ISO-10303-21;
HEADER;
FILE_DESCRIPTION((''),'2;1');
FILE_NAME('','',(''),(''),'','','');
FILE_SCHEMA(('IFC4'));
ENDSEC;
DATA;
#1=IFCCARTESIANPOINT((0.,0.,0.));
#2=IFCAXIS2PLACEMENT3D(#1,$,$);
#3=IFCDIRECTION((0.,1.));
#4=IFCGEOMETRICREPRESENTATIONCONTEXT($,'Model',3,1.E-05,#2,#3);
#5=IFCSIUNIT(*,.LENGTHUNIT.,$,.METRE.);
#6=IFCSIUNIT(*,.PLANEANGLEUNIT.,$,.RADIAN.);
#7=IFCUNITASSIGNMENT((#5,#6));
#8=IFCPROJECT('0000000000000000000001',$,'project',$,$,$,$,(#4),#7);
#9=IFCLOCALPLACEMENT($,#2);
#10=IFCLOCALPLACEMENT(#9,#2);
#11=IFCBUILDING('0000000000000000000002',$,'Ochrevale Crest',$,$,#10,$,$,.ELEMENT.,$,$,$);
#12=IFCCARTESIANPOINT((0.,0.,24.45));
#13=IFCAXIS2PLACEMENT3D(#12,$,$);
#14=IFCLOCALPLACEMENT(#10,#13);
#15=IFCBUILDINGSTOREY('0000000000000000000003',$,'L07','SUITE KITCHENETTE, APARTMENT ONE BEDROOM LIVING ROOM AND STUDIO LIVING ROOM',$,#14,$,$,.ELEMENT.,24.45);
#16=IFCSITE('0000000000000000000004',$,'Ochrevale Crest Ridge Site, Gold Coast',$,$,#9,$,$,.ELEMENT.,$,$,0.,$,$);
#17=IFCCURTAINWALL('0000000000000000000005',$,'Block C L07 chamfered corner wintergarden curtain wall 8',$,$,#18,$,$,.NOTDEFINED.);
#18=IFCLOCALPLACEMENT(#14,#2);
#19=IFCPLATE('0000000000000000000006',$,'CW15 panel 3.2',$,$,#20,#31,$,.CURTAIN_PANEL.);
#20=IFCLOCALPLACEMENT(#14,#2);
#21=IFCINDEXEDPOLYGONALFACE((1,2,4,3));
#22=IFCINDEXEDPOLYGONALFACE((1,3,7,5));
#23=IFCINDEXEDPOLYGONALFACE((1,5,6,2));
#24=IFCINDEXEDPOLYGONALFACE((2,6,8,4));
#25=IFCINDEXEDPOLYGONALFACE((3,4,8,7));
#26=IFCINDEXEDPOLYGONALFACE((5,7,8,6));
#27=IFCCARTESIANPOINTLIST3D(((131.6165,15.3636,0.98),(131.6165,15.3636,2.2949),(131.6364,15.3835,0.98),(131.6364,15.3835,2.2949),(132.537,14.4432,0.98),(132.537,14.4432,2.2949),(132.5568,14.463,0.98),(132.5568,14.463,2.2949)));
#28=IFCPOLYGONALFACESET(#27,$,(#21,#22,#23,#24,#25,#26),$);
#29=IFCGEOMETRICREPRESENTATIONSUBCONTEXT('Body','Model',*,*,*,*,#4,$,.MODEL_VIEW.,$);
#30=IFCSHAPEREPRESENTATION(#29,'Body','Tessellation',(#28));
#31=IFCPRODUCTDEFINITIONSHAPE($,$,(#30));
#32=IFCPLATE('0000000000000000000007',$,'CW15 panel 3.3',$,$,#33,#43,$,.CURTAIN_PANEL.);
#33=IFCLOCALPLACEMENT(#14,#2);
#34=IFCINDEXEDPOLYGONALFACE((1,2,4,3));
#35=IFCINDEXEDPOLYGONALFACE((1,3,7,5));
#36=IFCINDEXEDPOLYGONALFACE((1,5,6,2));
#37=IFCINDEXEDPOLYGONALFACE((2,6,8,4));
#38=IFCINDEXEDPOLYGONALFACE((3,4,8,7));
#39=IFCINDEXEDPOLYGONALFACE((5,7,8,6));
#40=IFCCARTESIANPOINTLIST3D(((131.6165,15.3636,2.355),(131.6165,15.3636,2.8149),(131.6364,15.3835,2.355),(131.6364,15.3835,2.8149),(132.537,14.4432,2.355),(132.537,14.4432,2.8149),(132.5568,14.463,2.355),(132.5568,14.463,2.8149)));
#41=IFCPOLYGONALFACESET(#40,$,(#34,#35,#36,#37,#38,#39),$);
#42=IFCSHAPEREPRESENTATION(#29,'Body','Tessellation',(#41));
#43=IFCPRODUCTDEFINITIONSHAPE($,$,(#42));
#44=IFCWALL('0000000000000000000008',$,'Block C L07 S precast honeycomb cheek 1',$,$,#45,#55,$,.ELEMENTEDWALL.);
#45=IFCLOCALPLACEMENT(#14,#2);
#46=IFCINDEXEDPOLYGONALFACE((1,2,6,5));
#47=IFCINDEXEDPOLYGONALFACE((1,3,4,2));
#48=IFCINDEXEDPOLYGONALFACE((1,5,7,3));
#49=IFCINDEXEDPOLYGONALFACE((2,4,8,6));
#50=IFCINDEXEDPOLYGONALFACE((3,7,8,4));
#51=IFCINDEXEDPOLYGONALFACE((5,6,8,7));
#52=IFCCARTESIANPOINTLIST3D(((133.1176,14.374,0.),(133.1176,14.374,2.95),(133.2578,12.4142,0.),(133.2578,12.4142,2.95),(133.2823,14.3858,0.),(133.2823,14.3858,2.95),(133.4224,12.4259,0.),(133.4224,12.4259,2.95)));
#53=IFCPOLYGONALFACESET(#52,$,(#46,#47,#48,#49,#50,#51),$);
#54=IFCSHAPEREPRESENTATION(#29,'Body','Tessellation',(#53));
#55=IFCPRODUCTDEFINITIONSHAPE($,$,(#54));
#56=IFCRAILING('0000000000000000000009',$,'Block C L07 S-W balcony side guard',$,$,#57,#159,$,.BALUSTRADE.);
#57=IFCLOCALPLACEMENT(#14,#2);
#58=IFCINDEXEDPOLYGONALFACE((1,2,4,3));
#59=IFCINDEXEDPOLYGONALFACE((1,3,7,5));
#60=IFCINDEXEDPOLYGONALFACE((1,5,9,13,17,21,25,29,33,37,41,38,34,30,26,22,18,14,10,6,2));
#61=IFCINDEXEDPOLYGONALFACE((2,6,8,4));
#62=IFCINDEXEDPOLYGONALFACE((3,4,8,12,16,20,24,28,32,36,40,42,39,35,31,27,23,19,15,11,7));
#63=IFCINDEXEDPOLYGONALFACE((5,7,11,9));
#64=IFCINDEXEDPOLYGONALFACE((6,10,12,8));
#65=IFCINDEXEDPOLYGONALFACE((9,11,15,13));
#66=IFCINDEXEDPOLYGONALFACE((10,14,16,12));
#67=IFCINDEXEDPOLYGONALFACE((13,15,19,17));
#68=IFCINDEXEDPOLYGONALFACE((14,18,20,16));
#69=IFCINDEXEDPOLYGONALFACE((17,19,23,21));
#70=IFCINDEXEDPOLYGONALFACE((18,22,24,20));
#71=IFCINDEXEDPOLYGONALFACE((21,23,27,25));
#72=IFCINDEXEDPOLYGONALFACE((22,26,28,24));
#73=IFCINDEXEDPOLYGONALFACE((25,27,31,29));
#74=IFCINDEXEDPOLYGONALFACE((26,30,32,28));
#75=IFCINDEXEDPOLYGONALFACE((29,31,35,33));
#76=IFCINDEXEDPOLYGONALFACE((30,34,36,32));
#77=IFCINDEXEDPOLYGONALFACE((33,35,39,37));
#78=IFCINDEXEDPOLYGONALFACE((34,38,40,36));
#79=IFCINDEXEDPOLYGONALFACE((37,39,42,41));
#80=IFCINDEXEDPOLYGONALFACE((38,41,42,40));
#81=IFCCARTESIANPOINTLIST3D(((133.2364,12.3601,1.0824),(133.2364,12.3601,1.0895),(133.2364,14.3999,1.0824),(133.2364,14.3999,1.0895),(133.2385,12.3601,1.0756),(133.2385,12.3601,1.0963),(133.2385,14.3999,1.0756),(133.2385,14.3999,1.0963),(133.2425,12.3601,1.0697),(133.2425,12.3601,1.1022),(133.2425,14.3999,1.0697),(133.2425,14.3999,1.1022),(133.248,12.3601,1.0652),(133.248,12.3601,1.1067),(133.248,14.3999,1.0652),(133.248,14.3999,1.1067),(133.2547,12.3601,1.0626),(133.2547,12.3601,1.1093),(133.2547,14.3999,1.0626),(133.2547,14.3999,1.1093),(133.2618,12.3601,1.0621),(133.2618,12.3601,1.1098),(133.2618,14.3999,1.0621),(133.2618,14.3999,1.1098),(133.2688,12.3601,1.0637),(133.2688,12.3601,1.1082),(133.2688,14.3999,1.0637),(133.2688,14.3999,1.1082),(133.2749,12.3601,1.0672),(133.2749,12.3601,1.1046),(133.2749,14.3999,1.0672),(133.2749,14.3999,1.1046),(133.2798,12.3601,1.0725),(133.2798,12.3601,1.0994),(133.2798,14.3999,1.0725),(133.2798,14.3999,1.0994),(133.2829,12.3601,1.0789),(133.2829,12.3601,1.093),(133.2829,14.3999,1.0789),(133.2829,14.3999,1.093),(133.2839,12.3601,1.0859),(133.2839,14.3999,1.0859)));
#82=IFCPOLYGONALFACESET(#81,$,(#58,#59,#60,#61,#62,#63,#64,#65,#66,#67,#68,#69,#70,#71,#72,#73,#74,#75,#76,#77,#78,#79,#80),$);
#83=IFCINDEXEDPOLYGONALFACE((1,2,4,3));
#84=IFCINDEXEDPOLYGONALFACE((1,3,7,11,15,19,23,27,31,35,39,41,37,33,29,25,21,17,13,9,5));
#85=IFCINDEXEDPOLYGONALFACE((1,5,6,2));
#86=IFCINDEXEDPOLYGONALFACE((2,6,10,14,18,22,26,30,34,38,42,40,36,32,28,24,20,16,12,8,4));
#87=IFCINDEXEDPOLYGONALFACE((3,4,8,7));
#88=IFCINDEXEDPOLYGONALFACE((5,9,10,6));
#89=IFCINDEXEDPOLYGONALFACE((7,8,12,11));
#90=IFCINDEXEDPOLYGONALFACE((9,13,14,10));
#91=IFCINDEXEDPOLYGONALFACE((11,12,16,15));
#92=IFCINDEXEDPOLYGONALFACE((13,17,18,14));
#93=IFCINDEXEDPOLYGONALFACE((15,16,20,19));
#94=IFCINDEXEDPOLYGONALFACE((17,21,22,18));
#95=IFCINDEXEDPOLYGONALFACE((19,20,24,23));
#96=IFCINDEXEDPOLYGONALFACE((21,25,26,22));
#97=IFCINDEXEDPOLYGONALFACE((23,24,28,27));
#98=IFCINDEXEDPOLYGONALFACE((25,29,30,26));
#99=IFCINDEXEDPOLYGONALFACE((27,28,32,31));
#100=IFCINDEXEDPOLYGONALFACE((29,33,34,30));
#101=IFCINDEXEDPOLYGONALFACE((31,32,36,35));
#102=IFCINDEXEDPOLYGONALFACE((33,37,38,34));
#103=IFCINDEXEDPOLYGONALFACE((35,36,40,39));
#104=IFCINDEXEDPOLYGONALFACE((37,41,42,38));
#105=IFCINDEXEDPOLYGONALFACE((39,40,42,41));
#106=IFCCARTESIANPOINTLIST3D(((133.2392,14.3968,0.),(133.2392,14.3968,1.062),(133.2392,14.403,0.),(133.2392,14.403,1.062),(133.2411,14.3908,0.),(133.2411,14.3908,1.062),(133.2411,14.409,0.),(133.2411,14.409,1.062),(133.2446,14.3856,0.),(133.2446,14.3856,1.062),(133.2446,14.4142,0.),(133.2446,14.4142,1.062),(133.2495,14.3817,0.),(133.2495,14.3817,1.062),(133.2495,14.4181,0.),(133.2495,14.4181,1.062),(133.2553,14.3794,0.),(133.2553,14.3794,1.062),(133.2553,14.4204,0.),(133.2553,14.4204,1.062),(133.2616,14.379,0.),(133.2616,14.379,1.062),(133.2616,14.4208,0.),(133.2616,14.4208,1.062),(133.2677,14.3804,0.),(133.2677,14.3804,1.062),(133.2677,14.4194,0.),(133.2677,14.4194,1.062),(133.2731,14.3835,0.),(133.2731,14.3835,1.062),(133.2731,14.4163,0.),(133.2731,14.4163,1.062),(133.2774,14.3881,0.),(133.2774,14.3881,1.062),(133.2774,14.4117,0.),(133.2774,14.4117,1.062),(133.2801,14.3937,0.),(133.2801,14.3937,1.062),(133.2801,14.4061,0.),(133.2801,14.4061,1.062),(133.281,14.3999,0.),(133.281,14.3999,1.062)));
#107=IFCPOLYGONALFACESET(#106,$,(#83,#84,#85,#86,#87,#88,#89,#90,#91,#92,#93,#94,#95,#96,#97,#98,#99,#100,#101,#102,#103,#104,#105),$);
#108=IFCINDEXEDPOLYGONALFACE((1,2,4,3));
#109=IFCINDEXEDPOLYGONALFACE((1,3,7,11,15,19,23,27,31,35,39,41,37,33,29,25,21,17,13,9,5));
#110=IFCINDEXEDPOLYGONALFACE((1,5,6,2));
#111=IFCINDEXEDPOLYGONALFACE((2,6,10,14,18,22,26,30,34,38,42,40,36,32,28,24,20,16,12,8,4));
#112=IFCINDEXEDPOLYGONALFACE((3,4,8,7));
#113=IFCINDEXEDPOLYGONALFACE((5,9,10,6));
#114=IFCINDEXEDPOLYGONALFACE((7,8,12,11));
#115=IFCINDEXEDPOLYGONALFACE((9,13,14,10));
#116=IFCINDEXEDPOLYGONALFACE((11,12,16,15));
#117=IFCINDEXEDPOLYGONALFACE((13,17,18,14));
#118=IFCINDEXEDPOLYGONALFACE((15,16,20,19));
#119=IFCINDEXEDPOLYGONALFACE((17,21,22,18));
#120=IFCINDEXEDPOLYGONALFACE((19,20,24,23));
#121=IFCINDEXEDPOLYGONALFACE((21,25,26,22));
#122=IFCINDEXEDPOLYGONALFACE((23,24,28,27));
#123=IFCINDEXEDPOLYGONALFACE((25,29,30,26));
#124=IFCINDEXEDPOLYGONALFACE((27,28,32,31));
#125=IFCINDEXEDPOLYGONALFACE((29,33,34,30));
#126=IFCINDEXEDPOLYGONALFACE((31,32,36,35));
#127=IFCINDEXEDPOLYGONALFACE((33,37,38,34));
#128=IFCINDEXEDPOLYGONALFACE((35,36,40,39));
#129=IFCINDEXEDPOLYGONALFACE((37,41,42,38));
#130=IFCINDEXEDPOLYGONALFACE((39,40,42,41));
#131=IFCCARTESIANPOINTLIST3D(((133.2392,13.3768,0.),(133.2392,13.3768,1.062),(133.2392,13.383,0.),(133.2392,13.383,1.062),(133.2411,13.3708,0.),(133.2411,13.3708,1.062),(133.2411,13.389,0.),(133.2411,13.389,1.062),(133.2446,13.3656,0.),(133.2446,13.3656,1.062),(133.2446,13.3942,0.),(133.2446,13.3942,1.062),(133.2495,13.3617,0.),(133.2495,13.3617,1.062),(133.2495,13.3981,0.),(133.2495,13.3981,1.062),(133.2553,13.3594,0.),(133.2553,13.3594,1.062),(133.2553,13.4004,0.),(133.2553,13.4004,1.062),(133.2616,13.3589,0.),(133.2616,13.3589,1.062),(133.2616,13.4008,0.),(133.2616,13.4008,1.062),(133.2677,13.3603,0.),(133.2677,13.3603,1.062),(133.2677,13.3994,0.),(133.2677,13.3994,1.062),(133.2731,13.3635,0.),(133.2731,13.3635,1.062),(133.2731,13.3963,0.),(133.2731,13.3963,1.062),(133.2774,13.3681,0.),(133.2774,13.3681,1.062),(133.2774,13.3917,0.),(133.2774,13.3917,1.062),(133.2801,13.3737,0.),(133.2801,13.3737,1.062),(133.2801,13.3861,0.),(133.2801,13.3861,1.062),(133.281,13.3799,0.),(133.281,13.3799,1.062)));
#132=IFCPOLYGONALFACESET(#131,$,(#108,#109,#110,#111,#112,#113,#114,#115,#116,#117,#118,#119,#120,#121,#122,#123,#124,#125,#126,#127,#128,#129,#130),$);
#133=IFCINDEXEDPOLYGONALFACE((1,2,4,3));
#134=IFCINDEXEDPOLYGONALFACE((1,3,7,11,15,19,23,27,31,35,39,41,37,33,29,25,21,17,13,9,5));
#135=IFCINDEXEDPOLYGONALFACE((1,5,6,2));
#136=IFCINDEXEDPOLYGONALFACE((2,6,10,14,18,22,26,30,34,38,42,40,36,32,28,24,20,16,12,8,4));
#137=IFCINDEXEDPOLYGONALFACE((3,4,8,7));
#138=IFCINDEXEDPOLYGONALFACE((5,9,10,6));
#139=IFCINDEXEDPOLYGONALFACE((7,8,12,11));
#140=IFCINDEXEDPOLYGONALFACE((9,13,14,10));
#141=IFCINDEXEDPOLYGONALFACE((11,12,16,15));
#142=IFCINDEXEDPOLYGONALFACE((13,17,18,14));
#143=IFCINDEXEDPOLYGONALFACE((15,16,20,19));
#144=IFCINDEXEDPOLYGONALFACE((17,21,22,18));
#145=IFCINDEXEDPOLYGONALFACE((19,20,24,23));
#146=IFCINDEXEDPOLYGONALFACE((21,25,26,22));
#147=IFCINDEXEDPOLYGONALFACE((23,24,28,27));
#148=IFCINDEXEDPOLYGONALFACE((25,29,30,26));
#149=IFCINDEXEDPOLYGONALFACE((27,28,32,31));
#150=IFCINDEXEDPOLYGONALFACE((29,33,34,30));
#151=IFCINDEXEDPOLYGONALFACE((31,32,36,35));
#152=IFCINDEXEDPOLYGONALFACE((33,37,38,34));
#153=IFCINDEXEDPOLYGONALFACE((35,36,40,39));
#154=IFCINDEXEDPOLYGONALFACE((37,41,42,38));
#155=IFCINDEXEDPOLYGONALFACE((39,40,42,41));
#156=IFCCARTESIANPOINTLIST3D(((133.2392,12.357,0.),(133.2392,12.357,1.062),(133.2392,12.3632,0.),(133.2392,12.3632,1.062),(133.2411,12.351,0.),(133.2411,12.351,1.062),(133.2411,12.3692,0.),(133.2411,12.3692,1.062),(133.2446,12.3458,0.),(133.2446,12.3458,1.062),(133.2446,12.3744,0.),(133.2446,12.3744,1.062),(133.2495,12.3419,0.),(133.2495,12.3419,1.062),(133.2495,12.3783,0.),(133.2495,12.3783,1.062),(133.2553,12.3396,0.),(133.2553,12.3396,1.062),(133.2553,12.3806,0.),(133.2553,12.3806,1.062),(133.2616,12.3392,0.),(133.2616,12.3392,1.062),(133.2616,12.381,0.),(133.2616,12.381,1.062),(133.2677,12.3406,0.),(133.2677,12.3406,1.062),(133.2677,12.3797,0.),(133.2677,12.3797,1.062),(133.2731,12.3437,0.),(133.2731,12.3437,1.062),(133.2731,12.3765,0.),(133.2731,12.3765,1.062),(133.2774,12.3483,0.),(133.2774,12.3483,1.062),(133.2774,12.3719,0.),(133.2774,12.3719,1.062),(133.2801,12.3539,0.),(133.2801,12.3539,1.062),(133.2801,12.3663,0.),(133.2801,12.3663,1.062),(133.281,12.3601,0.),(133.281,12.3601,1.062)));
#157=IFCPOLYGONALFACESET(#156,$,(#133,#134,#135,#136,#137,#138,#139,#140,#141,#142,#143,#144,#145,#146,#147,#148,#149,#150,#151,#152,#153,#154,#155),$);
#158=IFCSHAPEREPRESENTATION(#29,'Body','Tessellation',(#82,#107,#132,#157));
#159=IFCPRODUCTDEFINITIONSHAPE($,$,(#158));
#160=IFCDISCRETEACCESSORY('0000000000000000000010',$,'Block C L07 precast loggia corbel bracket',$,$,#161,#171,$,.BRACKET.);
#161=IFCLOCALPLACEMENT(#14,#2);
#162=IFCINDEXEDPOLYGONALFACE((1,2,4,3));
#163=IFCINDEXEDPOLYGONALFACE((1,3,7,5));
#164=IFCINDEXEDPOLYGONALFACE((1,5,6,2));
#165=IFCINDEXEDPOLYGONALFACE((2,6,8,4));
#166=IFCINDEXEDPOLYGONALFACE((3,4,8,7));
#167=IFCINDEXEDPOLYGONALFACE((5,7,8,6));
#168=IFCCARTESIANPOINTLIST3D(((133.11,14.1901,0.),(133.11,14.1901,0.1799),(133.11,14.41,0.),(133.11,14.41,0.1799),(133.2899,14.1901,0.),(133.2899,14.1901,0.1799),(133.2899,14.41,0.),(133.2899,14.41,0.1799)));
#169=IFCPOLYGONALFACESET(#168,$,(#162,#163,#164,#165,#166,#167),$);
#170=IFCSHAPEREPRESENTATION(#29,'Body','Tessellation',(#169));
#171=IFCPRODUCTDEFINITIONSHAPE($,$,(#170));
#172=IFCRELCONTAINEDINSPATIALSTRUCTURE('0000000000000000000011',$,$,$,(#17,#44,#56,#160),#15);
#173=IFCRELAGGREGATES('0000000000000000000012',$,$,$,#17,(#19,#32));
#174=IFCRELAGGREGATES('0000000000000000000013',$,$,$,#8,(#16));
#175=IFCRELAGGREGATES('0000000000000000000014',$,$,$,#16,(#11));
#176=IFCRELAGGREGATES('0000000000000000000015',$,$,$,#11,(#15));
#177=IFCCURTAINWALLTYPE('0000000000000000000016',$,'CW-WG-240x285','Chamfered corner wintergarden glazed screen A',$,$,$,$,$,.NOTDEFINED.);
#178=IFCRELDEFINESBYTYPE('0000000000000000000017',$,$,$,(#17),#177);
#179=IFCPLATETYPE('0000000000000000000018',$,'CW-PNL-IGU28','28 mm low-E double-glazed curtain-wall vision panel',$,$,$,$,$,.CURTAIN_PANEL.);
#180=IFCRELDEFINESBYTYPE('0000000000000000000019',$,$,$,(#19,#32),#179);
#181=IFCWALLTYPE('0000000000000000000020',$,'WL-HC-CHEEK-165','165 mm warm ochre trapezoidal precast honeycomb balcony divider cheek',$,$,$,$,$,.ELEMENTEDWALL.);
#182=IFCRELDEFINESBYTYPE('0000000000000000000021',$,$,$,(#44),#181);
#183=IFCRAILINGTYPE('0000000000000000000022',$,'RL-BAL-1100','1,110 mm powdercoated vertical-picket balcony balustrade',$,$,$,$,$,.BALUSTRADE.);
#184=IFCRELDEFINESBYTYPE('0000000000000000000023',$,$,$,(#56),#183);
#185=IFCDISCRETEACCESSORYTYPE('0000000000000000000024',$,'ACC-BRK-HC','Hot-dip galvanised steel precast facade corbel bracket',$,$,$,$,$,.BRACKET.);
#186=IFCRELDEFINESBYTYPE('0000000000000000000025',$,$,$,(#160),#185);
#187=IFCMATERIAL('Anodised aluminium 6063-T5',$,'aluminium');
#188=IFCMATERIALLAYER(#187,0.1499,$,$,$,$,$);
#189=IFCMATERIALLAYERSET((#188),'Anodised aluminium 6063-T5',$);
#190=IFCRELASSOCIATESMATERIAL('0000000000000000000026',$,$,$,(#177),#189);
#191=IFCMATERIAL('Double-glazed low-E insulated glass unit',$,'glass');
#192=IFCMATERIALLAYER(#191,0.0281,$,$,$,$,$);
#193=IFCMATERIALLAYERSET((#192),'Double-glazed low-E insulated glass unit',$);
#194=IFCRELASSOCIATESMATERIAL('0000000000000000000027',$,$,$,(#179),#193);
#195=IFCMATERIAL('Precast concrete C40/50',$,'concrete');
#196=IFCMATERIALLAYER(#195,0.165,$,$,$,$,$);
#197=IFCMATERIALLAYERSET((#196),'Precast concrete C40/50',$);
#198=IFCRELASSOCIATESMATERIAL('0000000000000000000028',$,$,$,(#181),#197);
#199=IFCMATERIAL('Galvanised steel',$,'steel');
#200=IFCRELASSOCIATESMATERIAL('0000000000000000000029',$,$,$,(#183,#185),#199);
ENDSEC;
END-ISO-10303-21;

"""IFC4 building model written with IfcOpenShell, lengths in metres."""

from ifc_helpers import new_model, si_unit, direction, frame, frame_2d, origin, origin_2d, place, context, subcontext, project, spatial, rectangle, circle, extrude, material, layer, layer_set, type_object, element, aggregate, save


model = new_model("IFC4")

# Units and contexts
model_context = context("Model", 3, precision=1e-05, world=origin(), true_north=direction((0.0, 1.0)))
body_context = subcontext(model_context, "Body", "Model", "MODEL_VIEW")
ifc_project = project(units=[si_unit("LENGTHUNIT", "METRE"), si_unit("PLANEANGLEUNIT", "RADIAN")], contexts=[model_context])

# Site, building, storey
site_placement = place(None, origin())
site = spatial("IfcSite", under=ifc_project, at=site_placement, Name="Ochrevale Crest Ridge Site, Gold Coast", CompositionType="ELEMENT", RefElevation=0.0)
building_placement = place(site_placement, origin())
building = spatial("IfcBuilding", under=site, at=building_placement, Name="Ochrevale Crest", CompositionType="ELEMENT")
storey_placement = place(building_placement, frame((0.0, 0.0, 24.45)))
storey = spatial("IfcBuildingStorey", under=building, at=storey_placement, Name="L07", Description="SUITE KITCHENETTE, APARTMENT ONE BEDROOM LIVING ROOM AND STUDIO LIVING ROOM", CompositionType="ELEMENT", Elevation=24.45)

# Curtain wall, plates
ifc_material_1 = material(Name="Anodised aluminium 6063-T5", Category="aluminium")
ifc_layer_1 = layer(ifc_material_1, 0.1499)
ifc_layer_set_1 = layer_set([ifc_layer_1], Name="Anodised aluminium 6063-T5")
curtain_wall_type = type_object("IfcCurtainWallType", Name="CW-WG-240x285", Description="Chamfered corner wintergarden glazed screen A", PredefinedType="NOTDEFINED", material=ifc_layer_set_1)
curtain_wall_placement = place(storey_placement, origin())
curtain_wall = element("IfcCurtainWall", 1, at=curtain_wall_placement, inside=storey, type_object=curtain_wall_type, Name="Block C L07 chamfered corner wintergarden curtain wall 8", PredefinedType="NOTDEFINED")
ifc_material_2 = material(Name="Double-glazed low-E insulated glass unit", Category="glass")
ifc_layer_2 = layer(ifc_material_2, 0.0281)
ifc_layer_set_2 = layer_set([ifc_layer_2], Name="Double-glazed low-E insulated glass unit")
plate_type = type_object("IfcPlateType", Name="CW-PNL-IGU28", Description="28 mm low-E double-glazed curtain-wall vision panel", PredefinedType="CURTAIN_PANEL", material=ifc_layer_set_2)
plate_1_placement = place(storey_placement, frame((132.0867, 14.9133, 0.98), z_axis=(0.0, 0.0, 1.0), x_axis=(0.707107, -0.707107, 0.0)))
plate_1 = element("IfcPlate", 2, at=plate_1_placement, type_object=plate_type, Name="CW15 panel 3.2", PredefinedType="CURTAIN_PANEL", context=body_context, shape_type="SweptSolid", body=[
    extrude(rectangle(XDim=1.3018, YDim=0.0281, at=origin_2d()), origin(), (0.0, 0.0, 1.0), 1.3149),
])
plate_2_placement = place(storey_placement, frame((132.0867, 14.9133, 2.355), z_axis=(0.0, 0.0, 1.0), x_axis=(0.707107, -0.707107, 0.0)))
plate_2 = element("IfcPlate", 3, at=plate_2_placement, type_object=plate_type, Name="CW15 panel 3.3", PredefinedType="CURTAIN_PANEL", context=body_context, shape_type="SweptSolid", body=[
    extrude(rectangle(XDim=1.3018, YDim=0.0281, at=origin_2d()), origin(), (0.0, 0.0, 1.0), 0.46),
])
aggregate(curtain_wall, [plate_1, plate_2])

# Shared definitions
ifc_material_3 = material(Name="Precast concrete C40/50", Category="concrete")

# Wall
ifc_layer_3 = layer(ifc_material_3, 0.165)
ifc_layer_set_3 = layer_set([ifc_layer_3], Name="Precast concrete C40/50")
wall_type_1 = type_object("IfcWallType", Name="WL-HC-CHEEK-165", Description="165 mm warm ochre trapezoidal precast honeycomb balcony divider cheek", PredefinedType="ELEMENTEDWALL", material=ifc_layer_set_3)
wall_1_placement = place(storey_placement, frame((133.2, 14.3799, 0.0), z_axis=(0.0, 0.0, 1.0), x_axis=(0.071318, -0.997454, 0.0)))
element("IfcWall", 4, at=wall_1_placement, inside=storey, type_object=wall_type_1, Name="Block C L07 S precast honeycomb cheek 1", PredefinedType="ELEMENTEDWALL", context=body_context, shape_type="SweptSolid", body=[
    extrude(rectangle(XDim=1.9648, YDim=0.165, at=frame_2d((0.9824, 0.0))), origin(), (0.0, 0.0, 1.0), 2.95),
])

# Railing
ifc_material_4 = material(Name="Galvanised steel", Category="steel")
railing_type = type_object("IfcRailingType", Name="RL-BAL-1100", Description="1,110 mm powdercoated vertical-picket balcony balustrade", PredefinedType="BALUSTRADE", material=ifc_material_4)
railing_1_placement = place(storey_placement, frame((133.26, 14.3999, 0.0)))
element("IfcRailing", 5, at=railing_1_placement, inside=storey, type_object=railing_type, Name="Block C L07 S-W balcony side guard", PredefinedType="BALUSTRADE", context=body_context, shape_type="SweptSolid", body=[
    extrude(circle(Radius=0.0239, at=origin_2d()), frame((0.0, 0.0, 1.0859), z_axis=(0.0, -1.0, 0.0), x_axis=(1.0, 0.0, 0.0)), (0.0, 0.0, 1.0), 2.0398),
    extrude(circle(Radius=0.021, at=origin_2d()), origin(), (0.0, 0.0, 1.0), 1.062),
    extrude(circle(Radius=0.021, at=origin_2d()), frame((0.0, -1.02, 0.0)), (0.0, 0.0, 1.0), 1.062),
    extrude(circle(Radius=0.021, at=origin_2d()), frame((0.0, -2.0398, 0.0)), (0.0, 0.0, 1.0), 1.062),
])

# Discrete accessory
discrete_accessory_type = type_object("IfcDiscreteAccessoryType", Name="ACC-BRK-HC", Description="Hot-dip galvanised steel precast facade corbel bracket", PredefinedType="BRACKET", material=ifc_material_4)
discrete_accessory_placement = place(storey_placement, frame((133.2, 14.3, 0.0), z_axis=(0.0, 0.0, 1.0), x_axis=(1.0, 0.0, 0.0)))
element("IfcDiscreteAccessory", 6, at=discrete_accessory_placement, inside=storey, type_object=discrete_accessory_type, Name="Block C L07 precast loggia corbel bracket", PredefinedType="BRACKET", context=body_context, shape_type="SweptSolid", body=[
    extrude(rectangle(XDim=0.1799, YDim=0.22, at=origin_2d()), origin(), (0.0, 0.0, 1.0), 0.1799),
])

save(model, "model.ifc")
